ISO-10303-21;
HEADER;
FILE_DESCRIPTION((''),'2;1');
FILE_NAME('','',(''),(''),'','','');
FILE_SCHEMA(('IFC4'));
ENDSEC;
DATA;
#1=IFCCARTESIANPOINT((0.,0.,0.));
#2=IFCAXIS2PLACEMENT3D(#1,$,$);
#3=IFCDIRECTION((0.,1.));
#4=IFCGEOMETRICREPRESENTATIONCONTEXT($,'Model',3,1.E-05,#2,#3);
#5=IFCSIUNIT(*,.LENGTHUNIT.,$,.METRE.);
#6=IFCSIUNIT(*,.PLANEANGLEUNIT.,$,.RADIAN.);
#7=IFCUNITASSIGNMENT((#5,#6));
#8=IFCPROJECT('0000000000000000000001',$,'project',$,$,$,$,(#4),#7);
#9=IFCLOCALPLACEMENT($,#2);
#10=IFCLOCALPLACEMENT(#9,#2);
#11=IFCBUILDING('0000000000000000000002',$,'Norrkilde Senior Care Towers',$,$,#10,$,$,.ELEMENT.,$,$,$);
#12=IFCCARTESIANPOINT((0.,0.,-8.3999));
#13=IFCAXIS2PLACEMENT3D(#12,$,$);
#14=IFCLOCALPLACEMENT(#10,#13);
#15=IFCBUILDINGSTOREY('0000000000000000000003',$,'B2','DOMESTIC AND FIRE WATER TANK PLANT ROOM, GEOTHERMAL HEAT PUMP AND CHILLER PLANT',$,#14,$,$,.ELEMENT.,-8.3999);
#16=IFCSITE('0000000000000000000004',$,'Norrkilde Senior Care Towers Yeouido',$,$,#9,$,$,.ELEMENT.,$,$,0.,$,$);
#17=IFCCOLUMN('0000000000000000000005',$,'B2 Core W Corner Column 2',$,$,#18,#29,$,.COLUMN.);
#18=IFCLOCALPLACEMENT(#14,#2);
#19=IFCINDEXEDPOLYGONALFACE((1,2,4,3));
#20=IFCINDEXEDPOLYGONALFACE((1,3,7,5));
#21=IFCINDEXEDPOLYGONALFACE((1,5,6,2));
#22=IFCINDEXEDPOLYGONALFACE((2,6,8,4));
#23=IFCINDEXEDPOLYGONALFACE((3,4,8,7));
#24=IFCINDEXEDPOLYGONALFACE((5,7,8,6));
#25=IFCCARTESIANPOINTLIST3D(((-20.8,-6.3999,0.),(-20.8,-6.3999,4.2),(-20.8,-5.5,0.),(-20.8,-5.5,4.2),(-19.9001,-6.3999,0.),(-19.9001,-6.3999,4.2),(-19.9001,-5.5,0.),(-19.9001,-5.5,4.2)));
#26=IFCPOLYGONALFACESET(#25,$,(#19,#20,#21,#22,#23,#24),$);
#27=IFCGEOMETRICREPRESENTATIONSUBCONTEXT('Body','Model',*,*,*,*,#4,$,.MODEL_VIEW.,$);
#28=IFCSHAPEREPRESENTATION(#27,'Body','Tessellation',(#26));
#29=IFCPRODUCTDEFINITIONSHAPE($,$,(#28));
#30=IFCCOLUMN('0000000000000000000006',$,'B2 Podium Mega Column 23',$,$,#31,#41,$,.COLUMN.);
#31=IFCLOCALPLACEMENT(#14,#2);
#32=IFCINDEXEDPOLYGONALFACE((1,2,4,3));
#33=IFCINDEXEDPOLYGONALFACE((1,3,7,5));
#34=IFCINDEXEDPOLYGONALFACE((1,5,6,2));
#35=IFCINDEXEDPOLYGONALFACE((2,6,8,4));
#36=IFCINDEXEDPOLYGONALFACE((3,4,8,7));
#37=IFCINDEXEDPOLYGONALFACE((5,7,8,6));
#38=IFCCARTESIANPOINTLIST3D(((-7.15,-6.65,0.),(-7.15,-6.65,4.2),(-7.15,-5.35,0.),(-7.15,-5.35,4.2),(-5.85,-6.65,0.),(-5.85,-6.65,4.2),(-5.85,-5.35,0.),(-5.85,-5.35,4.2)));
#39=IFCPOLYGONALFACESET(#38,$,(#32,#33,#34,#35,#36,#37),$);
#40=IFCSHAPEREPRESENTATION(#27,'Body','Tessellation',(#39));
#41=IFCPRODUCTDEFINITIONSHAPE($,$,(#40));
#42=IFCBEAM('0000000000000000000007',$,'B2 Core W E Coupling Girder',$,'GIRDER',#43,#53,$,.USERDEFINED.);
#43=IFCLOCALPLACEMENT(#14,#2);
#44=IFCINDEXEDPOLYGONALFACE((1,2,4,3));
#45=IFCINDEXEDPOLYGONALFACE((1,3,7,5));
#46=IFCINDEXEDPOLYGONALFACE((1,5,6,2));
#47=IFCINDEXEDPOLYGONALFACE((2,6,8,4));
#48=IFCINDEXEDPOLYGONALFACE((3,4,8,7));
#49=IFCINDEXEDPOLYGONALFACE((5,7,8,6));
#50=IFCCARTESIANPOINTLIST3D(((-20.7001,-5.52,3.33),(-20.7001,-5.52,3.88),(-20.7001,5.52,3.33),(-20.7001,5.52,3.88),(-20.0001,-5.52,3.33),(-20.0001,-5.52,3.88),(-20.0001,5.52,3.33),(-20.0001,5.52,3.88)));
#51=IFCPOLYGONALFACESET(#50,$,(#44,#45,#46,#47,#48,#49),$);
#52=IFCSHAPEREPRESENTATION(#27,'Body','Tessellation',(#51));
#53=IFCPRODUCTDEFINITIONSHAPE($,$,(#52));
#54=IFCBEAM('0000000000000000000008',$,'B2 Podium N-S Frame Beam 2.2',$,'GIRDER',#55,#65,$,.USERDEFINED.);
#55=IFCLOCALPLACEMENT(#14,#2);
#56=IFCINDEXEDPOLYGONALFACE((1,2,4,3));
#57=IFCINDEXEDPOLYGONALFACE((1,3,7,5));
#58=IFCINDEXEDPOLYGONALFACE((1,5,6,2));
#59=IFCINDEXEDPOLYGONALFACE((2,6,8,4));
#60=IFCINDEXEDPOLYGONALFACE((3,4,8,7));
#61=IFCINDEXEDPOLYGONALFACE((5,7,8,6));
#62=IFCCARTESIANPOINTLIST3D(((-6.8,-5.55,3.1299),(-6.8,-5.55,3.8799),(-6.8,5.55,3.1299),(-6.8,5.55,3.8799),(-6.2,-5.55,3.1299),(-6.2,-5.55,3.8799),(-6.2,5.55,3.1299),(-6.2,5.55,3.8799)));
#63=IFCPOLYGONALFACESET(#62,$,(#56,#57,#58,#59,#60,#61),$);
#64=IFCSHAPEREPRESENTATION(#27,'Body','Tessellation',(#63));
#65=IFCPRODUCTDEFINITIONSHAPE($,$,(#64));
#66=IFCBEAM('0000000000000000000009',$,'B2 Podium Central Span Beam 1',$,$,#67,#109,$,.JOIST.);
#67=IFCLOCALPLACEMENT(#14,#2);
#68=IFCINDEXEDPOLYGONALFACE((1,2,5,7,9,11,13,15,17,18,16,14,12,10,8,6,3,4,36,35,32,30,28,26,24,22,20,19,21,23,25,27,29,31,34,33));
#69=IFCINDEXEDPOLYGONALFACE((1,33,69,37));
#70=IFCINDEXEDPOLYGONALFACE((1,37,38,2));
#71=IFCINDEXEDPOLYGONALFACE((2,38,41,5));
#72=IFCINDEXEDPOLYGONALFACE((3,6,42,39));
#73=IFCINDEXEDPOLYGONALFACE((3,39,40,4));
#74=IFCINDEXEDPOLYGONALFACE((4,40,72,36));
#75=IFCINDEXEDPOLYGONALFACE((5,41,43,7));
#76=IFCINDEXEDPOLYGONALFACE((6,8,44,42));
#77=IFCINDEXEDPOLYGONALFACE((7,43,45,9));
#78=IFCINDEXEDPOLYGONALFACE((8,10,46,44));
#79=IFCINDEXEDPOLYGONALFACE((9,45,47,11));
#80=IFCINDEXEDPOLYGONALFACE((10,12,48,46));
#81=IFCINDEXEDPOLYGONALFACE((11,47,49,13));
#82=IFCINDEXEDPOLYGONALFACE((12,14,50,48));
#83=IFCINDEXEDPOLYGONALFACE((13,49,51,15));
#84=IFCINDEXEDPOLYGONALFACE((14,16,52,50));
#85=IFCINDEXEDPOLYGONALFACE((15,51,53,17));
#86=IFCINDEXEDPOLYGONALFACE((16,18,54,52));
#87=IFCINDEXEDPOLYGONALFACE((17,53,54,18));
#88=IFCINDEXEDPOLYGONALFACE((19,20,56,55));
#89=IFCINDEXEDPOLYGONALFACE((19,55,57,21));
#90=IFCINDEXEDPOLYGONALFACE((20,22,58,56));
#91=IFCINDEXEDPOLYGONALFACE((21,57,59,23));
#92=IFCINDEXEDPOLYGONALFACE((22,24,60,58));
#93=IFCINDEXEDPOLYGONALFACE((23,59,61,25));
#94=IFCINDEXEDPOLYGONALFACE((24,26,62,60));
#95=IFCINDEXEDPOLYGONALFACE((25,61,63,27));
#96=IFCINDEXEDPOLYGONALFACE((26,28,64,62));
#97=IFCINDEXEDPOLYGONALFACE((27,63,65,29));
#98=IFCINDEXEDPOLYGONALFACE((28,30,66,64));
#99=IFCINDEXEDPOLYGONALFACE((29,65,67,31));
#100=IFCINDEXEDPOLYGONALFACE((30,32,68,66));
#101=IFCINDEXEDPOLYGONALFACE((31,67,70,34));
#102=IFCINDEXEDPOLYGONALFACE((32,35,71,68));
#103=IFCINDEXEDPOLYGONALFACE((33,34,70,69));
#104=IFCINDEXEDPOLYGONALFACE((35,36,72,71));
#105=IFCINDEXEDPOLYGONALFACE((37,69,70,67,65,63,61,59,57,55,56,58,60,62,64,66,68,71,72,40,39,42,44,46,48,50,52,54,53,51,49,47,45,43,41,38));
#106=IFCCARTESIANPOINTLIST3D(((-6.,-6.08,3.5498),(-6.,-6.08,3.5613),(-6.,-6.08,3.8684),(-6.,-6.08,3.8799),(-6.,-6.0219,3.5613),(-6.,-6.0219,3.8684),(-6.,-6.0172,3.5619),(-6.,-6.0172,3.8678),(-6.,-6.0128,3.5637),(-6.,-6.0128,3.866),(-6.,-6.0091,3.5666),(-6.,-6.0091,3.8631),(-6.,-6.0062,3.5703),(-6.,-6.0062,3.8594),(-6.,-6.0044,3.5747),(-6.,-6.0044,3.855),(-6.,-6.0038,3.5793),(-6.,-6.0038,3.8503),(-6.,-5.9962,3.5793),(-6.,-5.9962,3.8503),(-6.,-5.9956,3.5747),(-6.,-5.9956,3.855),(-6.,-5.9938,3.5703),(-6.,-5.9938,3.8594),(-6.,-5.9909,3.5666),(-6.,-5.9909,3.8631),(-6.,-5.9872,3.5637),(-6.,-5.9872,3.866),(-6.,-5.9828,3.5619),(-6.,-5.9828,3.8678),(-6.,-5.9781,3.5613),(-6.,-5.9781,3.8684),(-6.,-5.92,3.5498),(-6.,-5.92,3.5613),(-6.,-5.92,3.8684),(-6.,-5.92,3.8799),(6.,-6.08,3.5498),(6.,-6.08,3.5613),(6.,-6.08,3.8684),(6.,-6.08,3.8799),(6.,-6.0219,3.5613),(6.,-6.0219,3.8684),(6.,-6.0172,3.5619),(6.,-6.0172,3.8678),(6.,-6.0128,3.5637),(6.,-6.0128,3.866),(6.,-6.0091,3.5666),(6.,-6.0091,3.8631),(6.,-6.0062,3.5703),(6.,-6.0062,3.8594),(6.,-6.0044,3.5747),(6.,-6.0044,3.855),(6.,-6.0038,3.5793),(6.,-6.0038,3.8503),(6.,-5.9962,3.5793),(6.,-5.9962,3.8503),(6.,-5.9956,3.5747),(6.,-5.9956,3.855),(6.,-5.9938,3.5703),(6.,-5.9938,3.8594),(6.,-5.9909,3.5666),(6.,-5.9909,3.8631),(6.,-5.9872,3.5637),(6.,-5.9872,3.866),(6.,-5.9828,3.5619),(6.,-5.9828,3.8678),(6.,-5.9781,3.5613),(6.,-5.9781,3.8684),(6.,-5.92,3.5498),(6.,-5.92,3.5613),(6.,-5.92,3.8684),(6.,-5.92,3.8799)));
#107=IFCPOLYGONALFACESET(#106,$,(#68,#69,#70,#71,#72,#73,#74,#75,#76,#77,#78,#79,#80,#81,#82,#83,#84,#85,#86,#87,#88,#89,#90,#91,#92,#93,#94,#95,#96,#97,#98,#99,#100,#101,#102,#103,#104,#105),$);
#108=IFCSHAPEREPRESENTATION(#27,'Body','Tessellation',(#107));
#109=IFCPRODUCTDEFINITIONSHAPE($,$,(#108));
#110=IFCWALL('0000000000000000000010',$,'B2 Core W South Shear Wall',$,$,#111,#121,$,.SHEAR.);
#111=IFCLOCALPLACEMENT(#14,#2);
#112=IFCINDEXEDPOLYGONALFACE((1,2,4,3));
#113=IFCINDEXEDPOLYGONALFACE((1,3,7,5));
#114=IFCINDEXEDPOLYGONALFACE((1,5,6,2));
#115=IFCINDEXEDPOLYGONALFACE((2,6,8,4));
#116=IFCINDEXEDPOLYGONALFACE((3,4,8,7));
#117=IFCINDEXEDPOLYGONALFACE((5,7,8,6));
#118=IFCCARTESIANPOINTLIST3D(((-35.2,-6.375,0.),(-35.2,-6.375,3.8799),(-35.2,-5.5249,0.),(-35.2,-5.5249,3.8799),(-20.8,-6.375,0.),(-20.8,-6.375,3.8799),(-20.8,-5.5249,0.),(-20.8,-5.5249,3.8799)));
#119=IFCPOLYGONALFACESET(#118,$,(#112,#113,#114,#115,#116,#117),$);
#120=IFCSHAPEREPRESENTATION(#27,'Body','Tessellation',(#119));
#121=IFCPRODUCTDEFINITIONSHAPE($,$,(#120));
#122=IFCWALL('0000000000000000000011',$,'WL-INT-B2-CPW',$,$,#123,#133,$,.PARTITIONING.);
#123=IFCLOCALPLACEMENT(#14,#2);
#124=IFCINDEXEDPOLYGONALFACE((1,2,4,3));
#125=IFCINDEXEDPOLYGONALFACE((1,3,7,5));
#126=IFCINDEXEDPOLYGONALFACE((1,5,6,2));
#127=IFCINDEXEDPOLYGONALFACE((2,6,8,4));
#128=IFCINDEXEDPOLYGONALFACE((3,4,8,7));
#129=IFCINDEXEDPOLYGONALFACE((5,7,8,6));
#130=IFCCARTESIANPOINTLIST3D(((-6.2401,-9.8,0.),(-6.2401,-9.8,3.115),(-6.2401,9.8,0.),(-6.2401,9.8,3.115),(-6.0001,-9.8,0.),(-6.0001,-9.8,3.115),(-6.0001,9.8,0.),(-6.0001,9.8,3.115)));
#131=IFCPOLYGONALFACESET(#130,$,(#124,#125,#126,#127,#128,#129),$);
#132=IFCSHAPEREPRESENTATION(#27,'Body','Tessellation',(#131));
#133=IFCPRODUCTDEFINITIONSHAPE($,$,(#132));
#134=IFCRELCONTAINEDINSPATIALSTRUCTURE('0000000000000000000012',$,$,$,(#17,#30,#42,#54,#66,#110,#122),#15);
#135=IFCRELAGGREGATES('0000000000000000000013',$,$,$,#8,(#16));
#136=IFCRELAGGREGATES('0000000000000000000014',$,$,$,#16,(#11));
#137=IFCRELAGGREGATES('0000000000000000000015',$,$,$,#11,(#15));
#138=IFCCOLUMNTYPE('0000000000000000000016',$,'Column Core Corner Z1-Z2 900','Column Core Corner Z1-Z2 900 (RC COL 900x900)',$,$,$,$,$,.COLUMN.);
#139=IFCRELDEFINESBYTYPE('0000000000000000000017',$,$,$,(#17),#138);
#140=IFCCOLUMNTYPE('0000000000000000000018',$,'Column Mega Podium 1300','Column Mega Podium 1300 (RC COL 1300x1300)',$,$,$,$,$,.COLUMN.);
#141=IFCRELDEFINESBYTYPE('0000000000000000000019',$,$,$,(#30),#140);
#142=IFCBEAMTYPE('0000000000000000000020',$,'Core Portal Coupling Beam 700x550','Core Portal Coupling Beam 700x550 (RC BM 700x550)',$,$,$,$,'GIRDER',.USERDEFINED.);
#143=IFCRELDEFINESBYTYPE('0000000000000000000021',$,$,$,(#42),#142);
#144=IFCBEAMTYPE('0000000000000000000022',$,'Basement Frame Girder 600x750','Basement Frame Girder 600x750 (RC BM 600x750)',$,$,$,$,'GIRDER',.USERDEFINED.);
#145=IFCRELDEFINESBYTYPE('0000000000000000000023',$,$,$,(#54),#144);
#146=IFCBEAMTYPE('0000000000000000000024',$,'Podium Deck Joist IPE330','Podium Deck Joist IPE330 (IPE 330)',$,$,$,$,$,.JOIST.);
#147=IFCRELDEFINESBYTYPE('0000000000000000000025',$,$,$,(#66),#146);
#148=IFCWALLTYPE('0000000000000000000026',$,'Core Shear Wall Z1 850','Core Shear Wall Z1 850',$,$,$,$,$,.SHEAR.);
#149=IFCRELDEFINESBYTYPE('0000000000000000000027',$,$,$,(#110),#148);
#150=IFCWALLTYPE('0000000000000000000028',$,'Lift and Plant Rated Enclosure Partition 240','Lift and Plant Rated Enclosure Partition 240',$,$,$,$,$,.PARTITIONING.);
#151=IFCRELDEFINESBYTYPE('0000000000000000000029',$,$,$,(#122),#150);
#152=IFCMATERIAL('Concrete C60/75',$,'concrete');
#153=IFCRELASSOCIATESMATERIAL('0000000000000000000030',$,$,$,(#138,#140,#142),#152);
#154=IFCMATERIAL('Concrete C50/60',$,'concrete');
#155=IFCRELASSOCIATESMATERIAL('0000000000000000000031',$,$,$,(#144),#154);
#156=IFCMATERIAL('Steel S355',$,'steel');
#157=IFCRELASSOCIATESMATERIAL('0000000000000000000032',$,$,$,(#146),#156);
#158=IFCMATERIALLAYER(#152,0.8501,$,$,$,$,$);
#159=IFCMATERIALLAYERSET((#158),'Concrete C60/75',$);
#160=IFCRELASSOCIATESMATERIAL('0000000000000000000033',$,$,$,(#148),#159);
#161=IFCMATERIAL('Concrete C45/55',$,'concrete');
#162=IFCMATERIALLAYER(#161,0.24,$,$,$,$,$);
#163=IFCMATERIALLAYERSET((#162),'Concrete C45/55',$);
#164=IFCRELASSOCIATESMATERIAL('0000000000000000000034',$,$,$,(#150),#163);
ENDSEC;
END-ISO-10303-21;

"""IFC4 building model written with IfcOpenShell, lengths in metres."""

from ifc_helpers import new_model, si_unit, direction, frame, frame_2d, origin, origin_2d, place, context, subcontext, project, spatial, rectangle, i_section, extrude, source, transform, mapped, material, layer, layer_set, material_profile, profile_set, type_object, type_shapes, element, save


model = new_model("IFC4")

# Units and contexts
model_context = context("Model", 3, precision=1e-05, world=origin(), true_north=direction((0.0, 1.0)))
body_context = subcontext(model_context, "Body", "Model", "MODEL_VIEW")
ifc_project = project(units=[si_unit("LENGTHUNIT", "METRE"), si_unit("PLANEANGLEUNIT", "RADIAN")], contexts=[model_context])

# Site, building, storey
site_placement = place(None, origin())
site = spatial("IfcSite", under=ifc_project, at=site_placement, Name="Norrkilde Senior Care Towers Yeouido", CompositionType="ELEMENT", RefElevation=0.0)
building_placement = place(site_placement, origin())
building = spatial("IfcBuilding", under=site, at=building_placement, Name="Norrkilde Senior Care Towers", CompositionType="ELEMENT")
storey_placement = place(building_placement, frame((0.0, 0.0, -8.3999)))
storey = spatial("IfcBuildingStorey", under=building, at=storey_placement, Name="B2", Description="DOMESTIC AND FIRE WATER TANK PLANT ROOM, GEOTHERMAL HEAT PUMP AND CHILLER PLANT", CompositionType="ELEMENT", Elevation=-8.3999)

# Shared definitions
ifc_material_1 = material(Name="Concrete C50/60", Category="concrete")

# Shared definitions
ifc_material_2 = material(Name="Concrete C45/55", Category="concrete")

# Columns
ifc_material_3 = material(Name="Concrete C60/75", Category="concrete")
ifc_material_profile_1 = material_profile(ifc_material_3, rectangle(XDim=0.8999, YDim=0.8999, at=origin_2d()), Name="RC COL 900x900")
ifc_profile_set_1 = profile_set([ifc_material_profile_1], Name="Concrete C60/75")
column_type_1 = type_object("IfcColumnType", Name="Column Core Corner Z1-Z2 900", Description="Column Core Corner Z1-Z2 900 (RC COL 900x900)", PredefinedType="COLUMN", material=ifc_profile_set_1)
shared_shape_1 = source(origin(), body_context, "Body", "SweptSolid", [
    extrude(rectangle(XDim=0.8999, YDim=0.8999, at=origin_2d()), origin(), (0.0, 0.0, 1.0), 4.2),
])
type_shapes(column_type_1, [shared_shape_1])
column_1_placement = place(storey_placement, frame((-20.3501, -5.95, 0.0), z_axis=(0.0, 0.0, 1.0), x_axis=(1.0, 0.0, 0.0)))
element("IfcColumn", 1, at=column_1_placement, inside=storey, type_object=column_type_1, Name="B2 Core W Corner Column 2", PredefinedType="COLUMN", context=body_context, shape_type="MappedRepresentation", body=[
    mapped(shared_shape_1, transform((0.0, 0.0, 0.0), x_axis=(1.0, 0.0, 0.0), y_axis=(0.0, 1.0, 0.0), z_axis=(0.0, 0.0, 1.0), scale=1.0)),
])
ifc_material_profile_2 = material_profile(ifc_material_3, rectangle(XDim=1.3, YDim=1.3, at=origin_2d()), Name="RC COL 1300x1300")
ifc_profile_set_2 = profile_set([ifc_material_profile_2], Name="Concrete C60/75")
column_type_2 = type_object("IfcColumnType", Name="Column Mega Podium 1300", Description="Column Mega Podium 1300 (RC COL 1300x1300)", PredefinedType="COLUMN", material=ifc_profile_set_2)
shared_shape_2 = source(origin(), body_context, "Body", "SweptSolid", [
    extrude(rectangle(XDim=1.3, YDim=1.3, at=origin_2d()), origin(), (0.0, 0.0, 1.0), 4.2),
])
type_shapes(column_type_2, [shared_shape_2])
column_2_placement = place(storey_placement, frame((-6.5, -6.0, 0.0), z_axis=(0.0, 0.0, 1.0), x_axis=(1.0, 0.0, 0.0)))
element("IfcColumn", 2, at=column_2_placement, inside=storey, type_object=column_type_2, Name="B2 Podium Mega Column 23", PredefinedType="COLUMN", context=body_context, shape_type="MappedRepresentation", body=[
    mapped(shared_shape_2, transform((0.0, 0.0, 0.0), x_axis=(1.0, 0.0, 0.0), y_axis=(0.0, 1.0, 0.0), z_axis=(0.0, 0.0, 1.0), scale=1.0)),
])

# Beams
ifc_material_profile_3 = material_profile(ifc_material_3, rectangle(XDim=0.7, YDim=0.55, at=origin_2d()), Name="RC BM 700x550")
ifc_profile_set_3 = profile_set([ifc_material_profile_3], Name="Concrete C60/75")
beam_type_1 = type_object("IfcBeamType", Name="Core Portal Coupling Beam 700x550", Description="Core Portal Coupling Beam 700x550 (RC BM 700x550)", ElementType="GIRDER", PredefinedType="USERDEFINED", material=ifc_profile_set_3)
shared_shape_3 = source(origin(), body_context, "Body", "SweptSolid", [
    extrude(rectangle(XDim=0.7, YDim=0.55, at=origin_2d()), origin(), (0.0, 0.0, 1.0), 11.04),
])
type_shapes(beam_type_1, [shared_shape_3])
beam_1_placement = place(storey_placement, frame((-20.3501, -5.52, 3.605), z_axis=(0.0, 1.0, 0.0), x_axis=(-1.0, 0.0, 0.0)))
element("IfcBeam", 3, at=beam_1_placement, inside=storey, type_object=beam_type_1, Name="B2 Core W E Coupling Girder", ObjectType="GIRDER", PredefinedType="USERDEFINED", context=body_context, shape_type="MappedRepresentation", body=[
    mapped(shared_shape_3, transform((0.0, 0.0, 0.0), x_axis=(1.0, 0.0, 0.0), y_axis=(0.0, 1.0, 0.0), z_axis=(0.0, 0.0, 1.0), scale=1.0)),
])
ifc_material_profile_4 = material_profile(ifc_material_1, rectangle(XDim=0.6001, YDim=0.75, at=origin_2d()), Name="RC BM 600x750")
ifc_profile_set_4 = profile_set([ifc_material_profile_4], Name="Concrete C50/60")
beam_type_2 = type_object("IfcBeamType", Name="Basement Frame Girder 600x750", Description="Basement Frame Girder 600x750 (RC BM 600x750)", ElementType="GIRDER", PredefinedType="USERDEFINED", material=ifc_profile_set_4)
shared_shape_4 = source(origin(), body_context, "Body", "SweptSolid", [
    extrude(rectangle(XDim=0.6001, YDim=0.75, at=origin_2d()), origin(), (0.0, 0.0, 1.0), 11.1001),
])
type_shapes(beam_type_2, [shared_shape_4])
beam_2_placement = place(storey_placement, frame((-6.5, -5.55, 3.5049), z_axis=(0.0, 1.0, 0.0), x_axis=(-1.0, 0.0, 0.0)))
element("IfcBeam", 4, at=beam_2_placement, inside=storey, type_object=beam_type_2, Name="B2 Podium N-S Frame Beam 2.2", ObjectType="GIRDER", PredefinedType="USERDEFINED", context=body_context, shape_type="MappedRepresentation", body=[
    mapped(shared_shape_4, transform((0.0, 0.0, 0.0), x_axis=(1.0, 0.0, 0.0), y_axis=(0.0, 1.0, 0.0), z_axis=(0.0, 0.0, 1.0), scale=1.0)),
])
ifc_material_4 = material(Name="Steel S355", Category="steel")
ifc_material_profile_5 = material_profile(ifc_material_4, i_section(OverallWidth=0.1599, OverallDepth=0.3301, WebThickness=0.0076, FlangeThickness=0.0115, FilletRadius=0.0181, at=origin_2d()), Name="IPE 330")
ifc_profile_set_5 = profile_set([ifc_material_profile_5], Name="Steel S355")
beam_type_3 = type_object("IfcBeamType", Name="Podium Deck Joist IPE330", Description="Podium Deck Joist IPE330 (IPE 330)", PredefinedType="JOIST", material=ifc_profile_set_5)
shared_shape_5 = source(origin(), body_context, "Body", "SweptSolid", [
    extrude(i_section(OverallWidth=0.1599, OverallDepth=0.3301, WebThickness=0.0076, FlangeThickness=0.0115, FilletRadius=0.0181, at=origin_2d()), origin(), (0.0, 0.0, 1.0), 12.0),
])
type_shapes(beam_type_3, [shared_shape_5])
beam_3_placement = place(storey_placement, frame((-6.0, -6.0, 3.7148), z_axis=(1.0, 0.0, 0.0), x_axis=(0.0, 1.0, 0.0)))
element("IfcBeam", 5, at=beam_3_placement, inside=storey, type_object=beam_type_3, Name="B2 Podium Central Span Beam 1", PredefinedType="JOIST", context=body_context, shape_type="MappedRepresentation", body=[
    mapped(shared_shape_5, transform((0.0, 0.0, 0.0), x_axis=(1.0, 0.0, 0.0), y_axis=(0.0, 1.0, 0.0), z_axis=(0.0, 0.0, 1.0), scale=1.0)),
])

# Walls
ifc_layer_1 = layer(ifc_material_3, 0.8501)
ifc_layer_set_1 = layer_set([ifc_layer_1], Name="Concrete C60/75")
wall_type_1 = type_object("IfcWallType", Name="Core Shear Wall Z1 850", Description="Core Shear Wall Z1 850", PredefinedType="SHEAR", material=ifc_layer_set_1)
shared_shape_6 = source(origin(), body_context, "Body", "SweptSolid", [
    extrude(rectangle(XDim=14.3999, YDim=0.8501, at=frame_2d((7.2, 0.0))), origin(), (0.0, 0.0, 1.0), 3.8799),
])
type_shapes(wall_type_1, [shared_shape_6])
wall_1_placement = place(storey_placement, frame((-20.8, -5.95, 0.0), z_axis=(0.0, 0.0, 1.0), x_axis=(-1.0, 0.0, 0.0)))
element("IfcWall", 6, at=wall_1_placement, inside=storey, type_object=wall_type_1, Name="B2 Core W South Shear Wall", PredefinedType="SHEAR", context=body_context, shape_type="MappedRepresentation", body=[
    mapped(shared_shape_6, transform((0.0, 0.0, 0.0), x_axis=(1.0, 0.0, 0.0), y_axis=(0.0, 1.0, 0.0), z_axis=(0.0, 0.0, 1.0), scale=1.0)),
])
ifc_layer_2 = layer(ifc_material_2, 0.24)
ifc_layer_set_2 = layer_set([ifc_layer_2], Name="Concrete C45/55")
wall_type_2 = type_object("IfcWallType", Name="Lift and Plant Rated Enclosure Partition 240", Description="Lift and Plant Rated Enclosure Partition 240", PredefinedType="PARTITIONING", material=ifc_layer_set_2)
shared_shape_7 = source(origin(), body_context, "Body", "SweptSolid", [
    extrude(rectangle(XDim=19.6001, YDim=0.24, at=frame_2d((9.8, 0.0))), origin(), (0.0, 0.0, 1.0), 3.115),
])
wall_2_placement = place(storey_placement, frame((-6.1201, -9.8, 0.0), z_axis=(0.0, 0.0, 1.0), x_axis=(0.0, 1.0, 0.0)))
element("IfcWall", 7, at=wall_2_placement, inside=storey, type_object=wall_type_2, Name="WL-INT-B2-CPW", PredefinedType="PARTITIONING", context=body_context, shape_type="MappedRepresentation", body=[
    mapped(shared_shape_7, transform((0.0, 0.0, 0.0), x_axis=(1.0, 0.0, 0.0), y_axis=(0.0, 1.0, 0.0), z_axis=(0.0, 0.0, 1.0), scale=1.0)),
])

save(model, "model.ifc")
